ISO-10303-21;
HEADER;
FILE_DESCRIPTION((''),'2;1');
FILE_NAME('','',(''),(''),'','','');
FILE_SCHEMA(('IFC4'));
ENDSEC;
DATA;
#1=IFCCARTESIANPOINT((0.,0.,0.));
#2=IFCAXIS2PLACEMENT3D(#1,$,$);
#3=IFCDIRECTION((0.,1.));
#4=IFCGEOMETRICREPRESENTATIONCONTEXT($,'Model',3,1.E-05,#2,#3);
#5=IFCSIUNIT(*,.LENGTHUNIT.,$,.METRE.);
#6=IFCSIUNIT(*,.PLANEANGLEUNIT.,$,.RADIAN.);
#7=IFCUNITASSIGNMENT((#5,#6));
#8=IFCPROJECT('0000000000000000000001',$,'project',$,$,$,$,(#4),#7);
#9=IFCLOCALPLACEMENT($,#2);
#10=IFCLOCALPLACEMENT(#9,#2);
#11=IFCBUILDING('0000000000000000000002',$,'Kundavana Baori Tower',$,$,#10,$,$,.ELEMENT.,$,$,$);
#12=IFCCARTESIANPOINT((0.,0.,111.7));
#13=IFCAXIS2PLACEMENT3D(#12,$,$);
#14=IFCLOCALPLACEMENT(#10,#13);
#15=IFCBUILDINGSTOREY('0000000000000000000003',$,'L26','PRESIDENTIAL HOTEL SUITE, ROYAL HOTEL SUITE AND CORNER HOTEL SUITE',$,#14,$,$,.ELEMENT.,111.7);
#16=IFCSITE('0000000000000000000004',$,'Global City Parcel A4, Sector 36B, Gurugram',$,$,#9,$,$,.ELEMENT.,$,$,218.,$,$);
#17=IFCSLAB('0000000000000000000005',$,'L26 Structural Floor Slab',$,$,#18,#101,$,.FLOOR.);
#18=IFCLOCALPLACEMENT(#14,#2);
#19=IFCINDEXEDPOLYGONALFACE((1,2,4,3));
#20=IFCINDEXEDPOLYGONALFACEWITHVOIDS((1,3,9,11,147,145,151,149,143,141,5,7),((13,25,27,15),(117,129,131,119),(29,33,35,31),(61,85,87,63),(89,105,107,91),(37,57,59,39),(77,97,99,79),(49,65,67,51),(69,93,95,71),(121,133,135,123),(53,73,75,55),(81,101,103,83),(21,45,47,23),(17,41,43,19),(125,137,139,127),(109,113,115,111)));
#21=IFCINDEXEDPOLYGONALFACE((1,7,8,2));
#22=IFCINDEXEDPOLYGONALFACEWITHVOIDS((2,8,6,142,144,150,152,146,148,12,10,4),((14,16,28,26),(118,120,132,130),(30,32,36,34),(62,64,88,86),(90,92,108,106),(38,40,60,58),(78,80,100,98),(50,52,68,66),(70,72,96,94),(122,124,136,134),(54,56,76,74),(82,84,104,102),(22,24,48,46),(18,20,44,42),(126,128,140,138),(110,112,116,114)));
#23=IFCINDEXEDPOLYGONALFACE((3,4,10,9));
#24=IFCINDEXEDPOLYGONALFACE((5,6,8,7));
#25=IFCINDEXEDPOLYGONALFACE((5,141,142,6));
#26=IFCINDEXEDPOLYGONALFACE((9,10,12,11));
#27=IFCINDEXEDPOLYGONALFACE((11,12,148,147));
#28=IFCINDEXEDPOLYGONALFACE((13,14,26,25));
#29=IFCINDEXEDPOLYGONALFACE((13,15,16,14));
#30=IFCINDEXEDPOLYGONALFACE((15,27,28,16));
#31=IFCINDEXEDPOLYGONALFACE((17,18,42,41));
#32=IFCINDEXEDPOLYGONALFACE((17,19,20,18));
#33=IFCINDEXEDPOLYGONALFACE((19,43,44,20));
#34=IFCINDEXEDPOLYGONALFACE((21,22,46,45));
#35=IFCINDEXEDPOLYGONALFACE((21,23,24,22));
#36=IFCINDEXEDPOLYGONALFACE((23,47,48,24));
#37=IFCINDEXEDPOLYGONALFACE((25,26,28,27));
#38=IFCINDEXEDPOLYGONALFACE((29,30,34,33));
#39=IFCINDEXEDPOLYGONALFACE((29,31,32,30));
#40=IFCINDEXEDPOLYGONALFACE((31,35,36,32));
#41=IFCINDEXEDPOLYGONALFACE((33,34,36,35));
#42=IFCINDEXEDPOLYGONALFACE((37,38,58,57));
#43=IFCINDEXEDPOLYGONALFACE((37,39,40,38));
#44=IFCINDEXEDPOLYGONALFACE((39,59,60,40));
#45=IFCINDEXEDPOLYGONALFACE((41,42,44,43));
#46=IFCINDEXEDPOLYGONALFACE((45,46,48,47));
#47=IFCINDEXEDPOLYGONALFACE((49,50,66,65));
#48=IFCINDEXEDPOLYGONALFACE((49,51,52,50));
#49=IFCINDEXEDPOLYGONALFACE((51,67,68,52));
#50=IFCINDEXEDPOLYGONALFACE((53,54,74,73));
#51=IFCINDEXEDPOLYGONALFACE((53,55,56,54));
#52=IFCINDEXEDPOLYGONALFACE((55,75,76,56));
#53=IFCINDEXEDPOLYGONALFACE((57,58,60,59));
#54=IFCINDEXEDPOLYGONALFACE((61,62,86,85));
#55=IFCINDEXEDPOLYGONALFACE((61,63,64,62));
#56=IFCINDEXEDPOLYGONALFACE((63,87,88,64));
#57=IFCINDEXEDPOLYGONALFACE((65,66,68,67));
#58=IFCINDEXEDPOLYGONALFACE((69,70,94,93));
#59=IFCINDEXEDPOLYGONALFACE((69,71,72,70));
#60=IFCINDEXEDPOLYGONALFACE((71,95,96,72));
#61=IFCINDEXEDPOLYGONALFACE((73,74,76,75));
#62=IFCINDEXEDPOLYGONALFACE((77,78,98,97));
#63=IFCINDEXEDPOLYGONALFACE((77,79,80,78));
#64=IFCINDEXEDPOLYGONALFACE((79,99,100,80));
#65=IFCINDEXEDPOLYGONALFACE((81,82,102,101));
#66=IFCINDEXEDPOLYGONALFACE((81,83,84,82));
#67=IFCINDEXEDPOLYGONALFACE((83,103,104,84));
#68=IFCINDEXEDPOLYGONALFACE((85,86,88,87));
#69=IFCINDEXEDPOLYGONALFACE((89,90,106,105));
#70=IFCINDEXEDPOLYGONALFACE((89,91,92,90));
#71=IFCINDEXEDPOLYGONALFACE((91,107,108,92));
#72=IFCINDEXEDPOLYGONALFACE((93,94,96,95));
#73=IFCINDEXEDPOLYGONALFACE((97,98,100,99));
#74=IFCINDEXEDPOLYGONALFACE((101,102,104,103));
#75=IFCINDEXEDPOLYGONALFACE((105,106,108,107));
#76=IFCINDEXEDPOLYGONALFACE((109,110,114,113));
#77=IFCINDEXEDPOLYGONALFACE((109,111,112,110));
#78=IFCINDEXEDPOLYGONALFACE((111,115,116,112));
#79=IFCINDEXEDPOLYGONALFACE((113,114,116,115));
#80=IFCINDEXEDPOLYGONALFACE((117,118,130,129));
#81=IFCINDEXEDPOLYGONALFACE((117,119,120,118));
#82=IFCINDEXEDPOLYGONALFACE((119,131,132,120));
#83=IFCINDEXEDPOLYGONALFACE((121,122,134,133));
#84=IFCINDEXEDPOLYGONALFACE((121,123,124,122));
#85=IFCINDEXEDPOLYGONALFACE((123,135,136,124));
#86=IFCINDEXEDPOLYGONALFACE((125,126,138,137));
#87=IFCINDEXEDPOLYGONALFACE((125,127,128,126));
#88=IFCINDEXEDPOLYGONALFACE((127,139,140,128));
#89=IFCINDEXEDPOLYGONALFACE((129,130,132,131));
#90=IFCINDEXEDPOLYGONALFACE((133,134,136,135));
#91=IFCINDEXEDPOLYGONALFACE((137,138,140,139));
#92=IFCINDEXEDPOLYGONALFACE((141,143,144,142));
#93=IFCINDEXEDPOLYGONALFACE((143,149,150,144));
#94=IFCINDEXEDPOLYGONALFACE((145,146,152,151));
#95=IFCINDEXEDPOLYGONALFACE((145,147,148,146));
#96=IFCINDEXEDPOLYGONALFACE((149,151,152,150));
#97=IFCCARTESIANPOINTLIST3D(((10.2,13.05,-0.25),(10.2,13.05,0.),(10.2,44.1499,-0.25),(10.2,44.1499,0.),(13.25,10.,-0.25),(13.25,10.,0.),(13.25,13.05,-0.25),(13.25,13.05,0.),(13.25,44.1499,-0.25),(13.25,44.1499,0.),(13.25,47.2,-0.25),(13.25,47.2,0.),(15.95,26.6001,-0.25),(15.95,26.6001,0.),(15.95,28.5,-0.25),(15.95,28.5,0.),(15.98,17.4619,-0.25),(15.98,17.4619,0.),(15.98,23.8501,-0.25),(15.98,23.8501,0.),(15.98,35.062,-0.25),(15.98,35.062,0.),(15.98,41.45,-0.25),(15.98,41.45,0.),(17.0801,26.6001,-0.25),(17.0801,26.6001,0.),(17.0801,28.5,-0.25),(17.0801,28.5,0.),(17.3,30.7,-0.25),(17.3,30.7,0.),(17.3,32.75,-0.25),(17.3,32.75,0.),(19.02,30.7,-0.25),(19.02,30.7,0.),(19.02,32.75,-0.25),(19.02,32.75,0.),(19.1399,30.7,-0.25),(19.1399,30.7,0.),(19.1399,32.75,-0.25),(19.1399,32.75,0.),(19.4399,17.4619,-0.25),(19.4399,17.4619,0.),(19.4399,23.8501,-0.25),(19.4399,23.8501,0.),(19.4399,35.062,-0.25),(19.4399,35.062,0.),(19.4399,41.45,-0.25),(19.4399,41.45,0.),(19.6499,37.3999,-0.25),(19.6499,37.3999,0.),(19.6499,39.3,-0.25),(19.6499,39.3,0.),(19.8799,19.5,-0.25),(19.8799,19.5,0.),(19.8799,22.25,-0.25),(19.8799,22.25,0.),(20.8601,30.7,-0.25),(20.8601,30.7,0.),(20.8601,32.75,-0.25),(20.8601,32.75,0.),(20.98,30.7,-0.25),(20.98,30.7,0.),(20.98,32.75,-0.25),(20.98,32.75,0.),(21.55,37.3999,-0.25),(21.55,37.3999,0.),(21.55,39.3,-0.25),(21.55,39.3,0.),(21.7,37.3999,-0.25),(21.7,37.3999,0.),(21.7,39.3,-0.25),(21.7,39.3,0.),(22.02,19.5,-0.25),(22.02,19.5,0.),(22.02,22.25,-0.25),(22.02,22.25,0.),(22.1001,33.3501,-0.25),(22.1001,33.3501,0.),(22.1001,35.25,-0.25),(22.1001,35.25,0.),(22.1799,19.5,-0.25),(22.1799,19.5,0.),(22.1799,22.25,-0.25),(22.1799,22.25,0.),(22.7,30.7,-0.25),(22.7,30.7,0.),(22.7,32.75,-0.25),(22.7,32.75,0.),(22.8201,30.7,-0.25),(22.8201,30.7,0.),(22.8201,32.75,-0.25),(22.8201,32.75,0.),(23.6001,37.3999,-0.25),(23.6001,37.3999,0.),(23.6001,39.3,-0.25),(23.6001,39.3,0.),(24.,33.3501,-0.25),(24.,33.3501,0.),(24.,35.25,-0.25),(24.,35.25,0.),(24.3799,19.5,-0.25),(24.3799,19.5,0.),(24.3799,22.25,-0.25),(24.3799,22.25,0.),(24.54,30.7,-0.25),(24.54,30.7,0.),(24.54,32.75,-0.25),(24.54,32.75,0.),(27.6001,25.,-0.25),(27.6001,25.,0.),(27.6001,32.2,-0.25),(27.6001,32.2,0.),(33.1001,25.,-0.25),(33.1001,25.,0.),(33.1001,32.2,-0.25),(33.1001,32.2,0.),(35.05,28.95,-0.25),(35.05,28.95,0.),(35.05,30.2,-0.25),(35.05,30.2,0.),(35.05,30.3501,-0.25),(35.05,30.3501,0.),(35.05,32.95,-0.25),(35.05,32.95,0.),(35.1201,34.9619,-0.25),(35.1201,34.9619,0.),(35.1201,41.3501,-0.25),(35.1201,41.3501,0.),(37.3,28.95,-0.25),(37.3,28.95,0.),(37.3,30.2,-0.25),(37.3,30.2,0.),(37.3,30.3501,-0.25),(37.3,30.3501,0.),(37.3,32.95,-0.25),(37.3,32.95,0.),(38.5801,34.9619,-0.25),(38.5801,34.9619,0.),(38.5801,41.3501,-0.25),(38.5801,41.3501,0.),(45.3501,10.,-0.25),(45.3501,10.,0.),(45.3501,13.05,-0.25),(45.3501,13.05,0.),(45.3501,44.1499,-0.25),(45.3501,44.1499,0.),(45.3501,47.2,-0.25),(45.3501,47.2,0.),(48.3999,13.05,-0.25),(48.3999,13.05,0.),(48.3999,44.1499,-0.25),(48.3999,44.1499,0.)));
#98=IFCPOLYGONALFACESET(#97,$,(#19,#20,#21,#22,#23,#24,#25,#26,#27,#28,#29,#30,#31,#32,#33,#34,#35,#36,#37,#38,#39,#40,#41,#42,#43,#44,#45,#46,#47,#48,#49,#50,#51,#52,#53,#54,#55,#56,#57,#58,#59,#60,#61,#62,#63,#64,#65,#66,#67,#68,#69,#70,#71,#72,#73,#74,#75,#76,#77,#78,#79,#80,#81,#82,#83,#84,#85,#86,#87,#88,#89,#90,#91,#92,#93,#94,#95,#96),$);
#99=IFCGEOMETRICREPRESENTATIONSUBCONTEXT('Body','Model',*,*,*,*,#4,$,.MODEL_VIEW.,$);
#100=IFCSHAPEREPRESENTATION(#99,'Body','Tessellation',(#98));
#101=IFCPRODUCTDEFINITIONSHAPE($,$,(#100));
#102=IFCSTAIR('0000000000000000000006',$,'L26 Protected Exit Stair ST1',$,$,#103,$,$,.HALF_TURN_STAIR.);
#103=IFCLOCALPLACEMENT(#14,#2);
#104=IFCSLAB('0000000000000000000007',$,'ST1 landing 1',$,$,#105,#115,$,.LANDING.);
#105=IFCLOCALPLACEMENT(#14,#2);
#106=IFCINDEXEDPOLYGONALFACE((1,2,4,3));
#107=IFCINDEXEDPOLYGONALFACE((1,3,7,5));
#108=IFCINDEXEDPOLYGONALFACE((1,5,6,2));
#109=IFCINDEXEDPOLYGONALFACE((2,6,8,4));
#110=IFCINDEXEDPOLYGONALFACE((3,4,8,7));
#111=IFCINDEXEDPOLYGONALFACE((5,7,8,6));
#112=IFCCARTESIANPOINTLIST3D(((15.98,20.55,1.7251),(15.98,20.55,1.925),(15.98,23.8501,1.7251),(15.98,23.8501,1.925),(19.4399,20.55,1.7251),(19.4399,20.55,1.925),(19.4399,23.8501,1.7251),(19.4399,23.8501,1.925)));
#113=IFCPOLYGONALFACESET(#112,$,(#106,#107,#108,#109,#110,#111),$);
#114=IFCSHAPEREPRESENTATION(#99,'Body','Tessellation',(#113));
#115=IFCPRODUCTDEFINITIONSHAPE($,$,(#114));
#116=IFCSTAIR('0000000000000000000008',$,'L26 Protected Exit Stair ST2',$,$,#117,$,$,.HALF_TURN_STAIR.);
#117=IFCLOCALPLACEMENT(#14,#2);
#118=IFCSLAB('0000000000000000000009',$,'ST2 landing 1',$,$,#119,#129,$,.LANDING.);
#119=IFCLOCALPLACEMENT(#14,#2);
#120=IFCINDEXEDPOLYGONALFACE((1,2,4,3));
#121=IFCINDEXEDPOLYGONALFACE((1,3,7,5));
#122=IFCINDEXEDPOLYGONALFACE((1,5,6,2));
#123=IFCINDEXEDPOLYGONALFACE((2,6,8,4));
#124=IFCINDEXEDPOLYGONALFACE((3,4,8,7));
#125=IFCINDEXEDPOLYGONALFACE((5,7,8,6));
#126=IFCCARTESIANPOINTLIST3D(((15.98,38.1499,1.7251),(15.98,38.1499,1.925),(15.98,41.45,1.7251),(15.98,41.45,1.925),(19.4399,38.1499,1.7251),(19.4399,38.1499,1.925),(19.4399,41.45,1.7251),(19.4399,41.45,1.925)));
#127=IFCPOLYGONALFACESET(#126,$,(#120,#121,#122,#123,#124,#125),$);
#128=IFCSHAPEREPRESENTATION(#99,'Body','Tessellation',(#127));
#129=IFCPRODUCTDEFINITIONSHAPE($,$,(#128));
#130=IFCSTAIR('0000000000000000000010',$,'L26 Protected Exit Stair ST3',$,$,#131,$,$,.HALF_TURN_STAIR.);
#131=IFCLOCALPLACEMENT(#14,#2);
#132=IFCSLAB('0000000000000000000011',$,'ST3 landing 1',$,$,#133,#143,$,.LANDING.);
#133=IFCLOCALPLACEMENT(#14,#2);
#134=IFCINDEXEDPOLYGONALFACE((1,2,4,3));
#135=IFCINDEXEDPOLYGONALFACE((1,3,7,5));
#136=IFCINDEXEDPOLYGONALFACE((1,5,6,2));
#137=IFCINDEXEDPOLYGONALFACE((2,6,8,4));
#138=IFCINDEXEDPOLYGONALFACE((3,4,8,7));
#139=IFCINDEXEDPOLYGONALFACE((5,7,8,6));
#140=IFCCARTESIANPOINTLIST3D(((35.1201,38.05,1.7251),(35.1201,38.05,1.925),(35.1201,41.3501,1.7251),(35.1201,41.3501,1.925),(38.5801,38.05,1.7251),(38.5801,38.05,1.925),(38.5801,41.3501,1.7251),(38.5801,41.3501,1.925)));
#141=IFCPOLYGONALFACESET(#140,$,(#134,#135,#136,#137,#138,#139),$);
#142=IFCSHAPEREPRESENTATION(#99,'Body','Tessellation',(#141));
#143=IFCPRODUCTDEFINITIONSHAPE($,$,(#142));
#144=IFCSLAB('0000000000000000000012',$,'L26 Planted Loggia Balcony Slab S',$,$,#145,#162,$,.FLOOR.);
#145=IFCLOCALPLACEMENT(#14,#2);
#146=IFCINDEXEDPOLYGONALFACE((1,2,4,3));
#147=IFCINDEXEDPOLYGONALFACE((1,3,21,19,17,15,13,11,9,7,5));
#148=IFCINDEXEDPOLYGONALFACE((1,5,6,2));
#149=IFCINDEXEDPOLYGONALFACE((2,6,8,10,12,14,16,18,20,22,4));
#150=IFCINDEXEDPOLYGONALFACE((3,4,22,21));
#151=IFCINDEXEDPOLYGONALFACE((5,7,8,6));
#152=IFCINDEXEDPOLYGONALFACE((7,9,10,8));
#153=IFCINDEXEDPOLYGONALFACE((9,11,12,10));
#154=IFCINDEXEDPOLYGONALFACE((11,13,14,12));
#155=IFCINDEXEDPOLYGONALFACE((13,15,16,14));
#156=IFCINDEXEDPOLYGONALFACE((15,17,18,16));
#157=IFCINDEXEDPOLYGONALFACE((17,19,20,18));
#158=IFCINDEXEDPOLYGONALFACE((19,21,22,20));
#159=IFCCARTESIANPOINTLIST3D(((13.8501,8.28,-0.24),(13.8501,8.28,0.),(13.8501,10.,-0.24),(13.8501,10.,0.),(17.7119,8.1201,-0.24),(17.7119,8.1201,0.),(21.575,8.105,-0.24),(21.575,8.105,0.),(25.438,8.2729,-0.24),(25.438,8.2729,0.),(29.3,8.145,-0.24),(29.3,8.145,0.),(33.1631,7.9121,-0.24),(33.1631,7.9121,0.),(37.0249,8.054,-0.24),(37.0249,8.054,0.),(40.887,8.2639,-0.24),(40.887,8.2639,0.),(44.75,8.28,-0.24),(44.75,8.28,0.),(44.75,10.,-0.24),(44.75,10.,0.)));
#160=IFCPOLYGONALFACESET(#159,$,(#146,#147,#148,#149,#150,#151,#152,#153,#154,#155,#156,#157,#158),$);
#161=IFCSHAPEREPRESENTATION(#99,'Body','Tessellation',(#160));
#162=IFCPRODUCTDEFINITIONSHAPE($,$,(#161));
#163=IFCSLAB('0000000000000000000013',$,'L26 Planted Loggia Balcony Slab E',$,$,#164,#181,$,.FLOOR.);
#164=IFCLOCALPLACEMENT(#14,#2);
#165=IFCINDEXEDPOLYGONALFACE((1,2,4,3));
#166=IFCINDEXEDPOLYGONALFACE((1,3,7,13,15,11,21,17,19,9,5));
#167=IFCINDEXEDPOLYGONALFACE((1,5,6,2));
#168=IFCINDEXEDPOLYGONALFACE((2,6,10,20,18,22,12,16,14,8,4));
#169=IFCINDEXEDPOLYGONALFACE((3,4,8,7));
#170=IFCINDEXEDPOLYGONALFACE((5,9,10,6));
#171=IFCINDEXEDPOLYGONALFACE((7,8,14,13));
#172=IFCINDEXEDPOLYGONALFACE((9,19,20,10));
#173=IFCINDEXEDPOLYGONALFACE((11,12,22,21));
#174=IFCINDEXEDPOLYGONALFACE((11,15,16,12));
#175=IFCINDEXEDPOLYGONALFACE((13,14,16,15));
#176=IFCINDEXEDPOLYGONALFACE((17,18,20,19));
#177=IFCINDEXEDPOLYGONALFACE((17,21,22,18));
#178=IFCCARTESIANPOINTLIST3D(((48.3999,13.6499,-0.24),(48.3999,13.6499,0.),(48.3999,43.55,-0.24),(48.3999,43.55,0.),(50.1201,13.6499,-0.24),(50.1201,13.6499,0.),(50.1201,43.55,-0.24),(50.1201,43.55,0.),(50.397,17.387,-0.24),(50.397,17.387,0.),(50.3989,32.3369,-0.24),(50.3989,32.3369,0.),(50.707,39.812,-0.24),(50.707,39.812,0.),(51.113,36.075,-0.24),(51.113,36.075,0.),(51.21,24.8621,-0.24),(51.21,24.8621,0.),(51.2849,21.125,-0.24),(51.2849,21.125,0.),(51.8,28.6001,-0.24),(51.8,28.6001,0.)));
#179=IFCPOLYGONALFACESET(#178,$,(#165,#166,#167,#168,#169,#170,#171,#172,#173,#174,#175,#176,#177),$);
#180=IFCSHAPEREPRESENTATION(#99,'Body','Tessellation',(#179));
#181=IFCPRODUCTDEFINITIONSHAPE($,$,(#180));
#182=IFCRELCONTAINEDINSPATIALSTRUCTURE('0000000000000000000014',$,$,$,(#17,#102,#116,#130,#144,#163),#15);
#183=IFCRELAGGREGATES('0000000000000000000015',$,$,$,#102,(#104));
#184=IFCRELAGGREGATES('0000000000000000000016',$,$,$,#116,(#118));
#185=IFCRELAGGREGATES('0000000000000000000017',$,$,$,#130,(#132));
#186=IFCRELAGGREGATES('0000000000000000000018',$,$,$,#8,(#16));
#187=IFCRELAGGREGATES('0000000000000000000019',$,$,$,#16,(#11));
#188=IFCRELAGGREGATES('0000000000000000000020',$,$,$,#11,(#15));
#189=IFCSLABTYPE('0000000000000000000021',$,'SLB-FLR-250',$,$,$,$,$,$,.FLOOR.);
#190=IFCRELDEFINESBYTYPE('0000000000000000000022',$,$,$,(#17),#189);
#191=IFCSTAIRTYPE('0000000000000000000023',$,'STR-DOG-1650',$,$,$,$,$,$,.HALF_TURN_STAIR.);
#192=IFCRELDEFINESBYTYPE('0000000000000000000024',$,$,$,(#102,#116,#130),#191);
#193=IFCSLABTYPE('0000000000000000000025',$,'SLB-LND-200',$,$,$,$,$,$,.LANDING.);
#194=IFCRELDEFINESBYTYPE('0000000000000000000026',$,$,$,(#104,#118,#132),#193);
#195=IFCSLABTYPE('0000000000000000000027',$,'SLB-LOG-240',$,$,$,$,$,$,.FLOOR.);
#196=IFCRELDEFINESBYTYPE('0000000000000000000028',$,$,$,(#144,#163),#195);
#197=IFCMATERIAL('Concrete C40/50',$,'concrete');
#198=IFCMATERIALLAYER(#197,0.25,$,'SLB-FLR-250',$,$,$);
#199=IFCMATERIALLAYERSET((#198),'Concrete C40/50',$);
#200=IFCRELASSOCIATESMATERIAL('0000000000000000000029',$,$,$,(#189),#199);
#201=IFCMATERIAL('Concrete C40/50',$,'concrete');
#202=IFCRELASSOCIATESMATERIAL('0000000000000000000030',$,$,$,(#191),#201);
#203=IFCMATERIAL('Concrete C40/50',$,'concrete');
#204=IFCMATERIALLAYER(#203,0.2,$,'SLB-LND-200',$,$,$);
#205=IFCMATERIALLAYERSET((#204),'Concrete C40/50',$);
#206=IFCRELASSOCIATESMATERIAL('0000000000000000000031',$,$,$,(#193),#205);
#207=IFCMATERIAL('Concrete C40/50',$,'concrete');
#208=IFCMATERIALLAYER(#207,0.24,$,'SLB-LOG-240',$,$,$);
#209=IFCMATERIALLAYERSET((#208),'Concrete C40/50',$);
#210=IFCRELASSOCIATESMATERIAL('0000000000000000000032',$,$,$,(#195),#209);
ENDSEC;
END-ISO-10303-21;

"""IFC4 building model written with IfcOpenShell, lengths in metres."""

from ifc_helpers import new_model, si_unit, direction, frame, origin, place, context, subcontext, project, spatial, polyline, outline, extrude, material, layer, layer_set, type_object, element, aggregate, save


model = new_model("IFC4")

# Units and contexts
model_context = context("Model", 3, precision=1e-05, world=origin(), true_north=direction((0.0, 1.0)))
body_context = subcontext(model_context, "Body", "Model", "MODEL_VIEW")
ifc_project = project(units=[si_unit("LENGTHUNIT", "METRE"), si_unit("PLANEANGLEUNIT", "RADIAN")], contexts=[model_context])

# Site, building, storey
site_placement = place(None, origin())
site = spatial("IfcSite", under=ifc_project, at=site_placement, Name="Global City Parcel A4, Sector 36B, Gurugram", CompositionType="ELEMENT", RefElevation=218.0)
building_placement = place(site_placement, origin())
building = spatial("IfcBuilding", under=site, at=building_placement, Name="Kundavana Baori Tower", CompositionType="ELEMENT")
storey_placement = place(building_placement, frame((0.0, 0.0, 111.7)))
storey = spatial("IfcBuildingStorey", under=building, at=storey_placement, Name="L26", Description="PRESIDENTIAL HOTEL SUITE, ROYAL HOTEL SUITE AND CORNER HOTEL SUITE", CompositionType="ELEMENT", Elevation=111.7)

# Slab
ifc_material_1 = material(Name="Concrete C40/50", Category="concrete")
ifc_layer_1 = layer(ifc_material_1, 0.25, Name="SLB-FLR-250")
ifc_layer_set_1 = layer_set([ifc_layer_1], Name="Concrete C40/50")
slab_type_1 = type_object("IfcSlabType", Name="SLB-FLR-250", PredefinedType="FLOOR", material=ifc_layer_set_1)
slab_1_placement = place(storey_placement, frame((0.0, 0.0, -0.25)))
element("IfcSlab", 1, at=slab_1_placement, inside=storey, type_object=slab_type_1, Name="L26 Structural Floor Slab", PredefinedType="FLOOR", context=body_context, shape_type="SweptSolid", body=[
    extrude(outline(polyline([(13.25, 10.0), (45.3501, 10.0), (45.3501, 13.05), (48.3999, 13.05), (48.3999, 44.1499), (45.3501, 44.1499), (45.3501, 47.2), (13.25, 47.2), (13.25, 44.1499), (10.2, 44.1499), (10.2, 13.05), (13.25, 13.05), (13.25, 10.0)]), holes=[polyline([(19.4399, 17.4619), (19.4399, 23.8501), (15.98, 23.8501), (15.98, 17.4619), (19.4399, 17.4619)]), polyline([(19.4399, 35.062), (19.4399, 41.45), (15.98, 41.45), (15.98, 35.062), (19.4399, 35.062)]), polyline([(38.5801, 34.9619), (38.5801, 41.3501), (35.1201, 41.3501), (35.1201, 34.9619), (38.5801, 34.9619)]), polyline([(17.3, 30.7), (19.02, 30.7), (19.02, 32.75), (17.3, 32.75), (17.3, 30.7)]), polyline([(19.1399, 30.7), (20.8601, 30.7), (20.8601, 32.75), (19.1399, 32.75), (19.1399, 30.7)]), polyline([(20.98, 30.7), (22.7, 30.7), (22.7, 32.75), (20.98, 32.75), (20.98, 30.7)]), polyline([(22.8201, 30.7), (24.54, 30.7), (24.54, 32.75), (22.8201, 32.75), (22.8201, 30.7)]), polyline([(19.6499, 37.3999), (21.55, 37.3999), (21.55, 39.3), (19.6499, 39.3), (19.6499, 37.3999)]), polyline([(21.7, 37.3999), (23.6001, 37.3999), (23.6001, 39.3), (21.7, 39.3), (21.7, 37.3999)]), polyline([(22.1001, 33.3501), (24.0, 33.3501), (24.0, 35.25), (22.1001, 35.25), (22.1001, 33.3501)]), polyline([(19.8799, 19.5), (22.02, 19.5), (22.02, 22.25), (19.8799, 22.25), (19.8799, 19.5)]), polyline([(22.1799, 19.5), (24.3799, 19.5), (24.3799, 22.25), (22.1799, 22.25), (22.1799, 19.5)]), polyline([(35.05, 30.3501), (37.3, 30.3501), (37.3, 32.95), (35.05, 32.95), (35.05, 30.3501)]), polyline([(15.95, 26.6001), (17.0801, 26.6001), (17.0801, 28.5), (15.95, 28.5), (15.95, 26.6001)]), polyline([(35.05, 28.95), (37.3, 28.95), (37.3, 30.2), (35.05, 30.2), (35.05, 28.95)]), polyline([(27.6001, 25.0), (33.1001, 25.0), (33.1001, 32.2), (27.6001, 32.2), (27.6001, 25.0)])]), origin(), (0.0, 0.0, 1.0), 0.25),
])

# Stairs, slabs
ifc_material_2 = material(Name="Concrete C40/50", Category="concrete")
stair_type = type_object("IfcStairType", Name="STR-DOG-1650", PredefinedType="HALF_TURN_STAIR", material=ifc_material_2)
stair_1_placement = place(storey_placement, origin())
stair_1 = element("IfcStair", 2, at=stair_1_placement, inside=storey, type_object=stair_type, Name="L26 Protected Exit Stair ST1", PredefinedType="HALF_TURN_STAIR")
ifc_material_3 = material(Name="Concrete C40/50", Category="concrete")
ifc_layer_2 = layer(ifc_material_3, 0.2, Name="SLB-LND-200")
ifc_layer_set_2 = layer_set([ifc_layer_2], Name="Concrete C40/50")
slab_type_2 = type_object("IfcSlabType", Name="SLB-LND-200", PredefinedType="LANDING", material=ifc_layer_set_2)
slab_2_placement = place(storey_placement, frame((0.0, 0.0, 1.7251)))
slab_2 = element("IfcSlab", 3, at=slab_2_placement, type_object=slab_type_2, Name="ST1 landing 1", PredefinedType="LANDING", context=body_context, shape_type="SweptSolid", body=[
    extrude(outline(polyline([(19.4399, 20.55), (19.4399, 23.8501), (15.98, 23.8501), (15.98, 20.55), (19.4399, 20.55)])), origin(), (0.0, 0.0, 1.0), 0.2),
])
aggregate(stair_1, [slab_2])
stair_2_placement = place(storey_placement, origin())
stair_2 = element("IfcStair", 4, at=stair_2_placement, inside=storey, type_object=stair_type, Name="L26 Protected Exit Stair ST2", PredefinedType="HALF_TURN_STAIR")
slab_3_placement = place(storey_placement, frame((0.0, 0.0, 1.7251)))
slab_3 = element("IfcSlab", 5, at=slab_3_placement, type_object=slab_type_2, Name="ST2 landing 1", PredefinedType="LANDING", context=body_context, shape_type="SweptSolid", body=[
    extrude(outline(polyline([(19.4399, 38.1499), (19.4399, 41.45), (15.98, 41.45), (15.98, 38.1499), (19.4399, 38.1499)])), origin(), (0.0, 0.0, 1.0), 0.2),
])
aggregate(stair_2, [slab_3])
stair_3_placement = place(storey_placement, origin())
stair_3 = element("IfcStair", 6, at=stair_3_placement, inside=storey, type_object=stair_type, Name="L26 Protected Exit Stair ST3", PredefinedType="HALF_TURN_STAIR")
slab_4_placement = place(storey_placement, frame((0.0, 0.0, 1.7251)))
slab_4 = element("IfcSlab", 7, at=slab_4_placement, type_object=slab_type_2, Name="ST3 landing 1", PredefinedType="LANDING", context=body_context, shape_type="SweptSolid", body=[
    extrude(outline(polyline([(38.5801, 38.05), (38.5801, 41.3501), (35.1201, 41.3501), (35.1201, 38.05), (38.5801, 38.05)])), origin(), (0.0, 0.0, 1.0), 0.2),
])
aggregate(stair_3, [slab_4])

# Slabs
ifc_material_4 = material(Name="Concrete C40/50", Category="concrete")
ifc_layer_3 = layer(ifc_material_4, 0.24, Name="SLB-LOG-240")
ifc_layer_set_3 = layer_set([ifc_layer_3], Name="Concrete C40/50")
slab_type_3 = type_object("IfcSlabType", Name="SLB-LOG-240", PredefinedType="FLOOR", material=ifc_layer_set_3)
slab_5_placement = place(storey_placement, frame((0.0, 0.0, -0.24)))
element("IfcSlab", 8, at=slab_5_placement, inside=storey, type_object=slab_type_3, Name="L26 Planted Loggia Balcony Slab S", PredefinedType="FLOOR", context=body_context, shape_type="SweptSolid", body=[
    extrude(outline(polyline([(13.8501, 10.0), (44.75, 10.0), (44.75, 8.28), (40.887, 8.2639), (37.0249, 8.054), (33.1631, 7.9121), (29.3, 8.145), (25.438, 8.2729), (21.575, 8.105), (17.7119, 8.1201), (13.8501, 8.28), (13.8501, 10.0)])), origin(), (0.0, 0.0, 1.0), 0.24),
])
slab_6_placement = place(storey_placement, frame((0.0, 0.0, -0.24)))
element("IfcSlab", 9, at=slab_6_placement, inside=storey, type_object=slab_type_3, Name="L26 Planted Loggia Balcony Slab E", PredefinedType="FLOOR", context=body_context, shape_type="SweptSolid", body=[
    extrude(outline(polyline([(48.3999, 13.6499), (48.3999, 43.55), (50.1201, 43.55), (50.707, 39.812), (51.113, 36.075), (50.3989, 32.3369), (51.8, 28.6001), (51.21, 24.8621), (51.2849, 21.125), (50.397, 17.387), (50.1201, 13.6499), (48.3999, 13.6499)])), origin(), (0.0, 0.0, 1.0), 0.24),
])

save(model, "model.ifc")
